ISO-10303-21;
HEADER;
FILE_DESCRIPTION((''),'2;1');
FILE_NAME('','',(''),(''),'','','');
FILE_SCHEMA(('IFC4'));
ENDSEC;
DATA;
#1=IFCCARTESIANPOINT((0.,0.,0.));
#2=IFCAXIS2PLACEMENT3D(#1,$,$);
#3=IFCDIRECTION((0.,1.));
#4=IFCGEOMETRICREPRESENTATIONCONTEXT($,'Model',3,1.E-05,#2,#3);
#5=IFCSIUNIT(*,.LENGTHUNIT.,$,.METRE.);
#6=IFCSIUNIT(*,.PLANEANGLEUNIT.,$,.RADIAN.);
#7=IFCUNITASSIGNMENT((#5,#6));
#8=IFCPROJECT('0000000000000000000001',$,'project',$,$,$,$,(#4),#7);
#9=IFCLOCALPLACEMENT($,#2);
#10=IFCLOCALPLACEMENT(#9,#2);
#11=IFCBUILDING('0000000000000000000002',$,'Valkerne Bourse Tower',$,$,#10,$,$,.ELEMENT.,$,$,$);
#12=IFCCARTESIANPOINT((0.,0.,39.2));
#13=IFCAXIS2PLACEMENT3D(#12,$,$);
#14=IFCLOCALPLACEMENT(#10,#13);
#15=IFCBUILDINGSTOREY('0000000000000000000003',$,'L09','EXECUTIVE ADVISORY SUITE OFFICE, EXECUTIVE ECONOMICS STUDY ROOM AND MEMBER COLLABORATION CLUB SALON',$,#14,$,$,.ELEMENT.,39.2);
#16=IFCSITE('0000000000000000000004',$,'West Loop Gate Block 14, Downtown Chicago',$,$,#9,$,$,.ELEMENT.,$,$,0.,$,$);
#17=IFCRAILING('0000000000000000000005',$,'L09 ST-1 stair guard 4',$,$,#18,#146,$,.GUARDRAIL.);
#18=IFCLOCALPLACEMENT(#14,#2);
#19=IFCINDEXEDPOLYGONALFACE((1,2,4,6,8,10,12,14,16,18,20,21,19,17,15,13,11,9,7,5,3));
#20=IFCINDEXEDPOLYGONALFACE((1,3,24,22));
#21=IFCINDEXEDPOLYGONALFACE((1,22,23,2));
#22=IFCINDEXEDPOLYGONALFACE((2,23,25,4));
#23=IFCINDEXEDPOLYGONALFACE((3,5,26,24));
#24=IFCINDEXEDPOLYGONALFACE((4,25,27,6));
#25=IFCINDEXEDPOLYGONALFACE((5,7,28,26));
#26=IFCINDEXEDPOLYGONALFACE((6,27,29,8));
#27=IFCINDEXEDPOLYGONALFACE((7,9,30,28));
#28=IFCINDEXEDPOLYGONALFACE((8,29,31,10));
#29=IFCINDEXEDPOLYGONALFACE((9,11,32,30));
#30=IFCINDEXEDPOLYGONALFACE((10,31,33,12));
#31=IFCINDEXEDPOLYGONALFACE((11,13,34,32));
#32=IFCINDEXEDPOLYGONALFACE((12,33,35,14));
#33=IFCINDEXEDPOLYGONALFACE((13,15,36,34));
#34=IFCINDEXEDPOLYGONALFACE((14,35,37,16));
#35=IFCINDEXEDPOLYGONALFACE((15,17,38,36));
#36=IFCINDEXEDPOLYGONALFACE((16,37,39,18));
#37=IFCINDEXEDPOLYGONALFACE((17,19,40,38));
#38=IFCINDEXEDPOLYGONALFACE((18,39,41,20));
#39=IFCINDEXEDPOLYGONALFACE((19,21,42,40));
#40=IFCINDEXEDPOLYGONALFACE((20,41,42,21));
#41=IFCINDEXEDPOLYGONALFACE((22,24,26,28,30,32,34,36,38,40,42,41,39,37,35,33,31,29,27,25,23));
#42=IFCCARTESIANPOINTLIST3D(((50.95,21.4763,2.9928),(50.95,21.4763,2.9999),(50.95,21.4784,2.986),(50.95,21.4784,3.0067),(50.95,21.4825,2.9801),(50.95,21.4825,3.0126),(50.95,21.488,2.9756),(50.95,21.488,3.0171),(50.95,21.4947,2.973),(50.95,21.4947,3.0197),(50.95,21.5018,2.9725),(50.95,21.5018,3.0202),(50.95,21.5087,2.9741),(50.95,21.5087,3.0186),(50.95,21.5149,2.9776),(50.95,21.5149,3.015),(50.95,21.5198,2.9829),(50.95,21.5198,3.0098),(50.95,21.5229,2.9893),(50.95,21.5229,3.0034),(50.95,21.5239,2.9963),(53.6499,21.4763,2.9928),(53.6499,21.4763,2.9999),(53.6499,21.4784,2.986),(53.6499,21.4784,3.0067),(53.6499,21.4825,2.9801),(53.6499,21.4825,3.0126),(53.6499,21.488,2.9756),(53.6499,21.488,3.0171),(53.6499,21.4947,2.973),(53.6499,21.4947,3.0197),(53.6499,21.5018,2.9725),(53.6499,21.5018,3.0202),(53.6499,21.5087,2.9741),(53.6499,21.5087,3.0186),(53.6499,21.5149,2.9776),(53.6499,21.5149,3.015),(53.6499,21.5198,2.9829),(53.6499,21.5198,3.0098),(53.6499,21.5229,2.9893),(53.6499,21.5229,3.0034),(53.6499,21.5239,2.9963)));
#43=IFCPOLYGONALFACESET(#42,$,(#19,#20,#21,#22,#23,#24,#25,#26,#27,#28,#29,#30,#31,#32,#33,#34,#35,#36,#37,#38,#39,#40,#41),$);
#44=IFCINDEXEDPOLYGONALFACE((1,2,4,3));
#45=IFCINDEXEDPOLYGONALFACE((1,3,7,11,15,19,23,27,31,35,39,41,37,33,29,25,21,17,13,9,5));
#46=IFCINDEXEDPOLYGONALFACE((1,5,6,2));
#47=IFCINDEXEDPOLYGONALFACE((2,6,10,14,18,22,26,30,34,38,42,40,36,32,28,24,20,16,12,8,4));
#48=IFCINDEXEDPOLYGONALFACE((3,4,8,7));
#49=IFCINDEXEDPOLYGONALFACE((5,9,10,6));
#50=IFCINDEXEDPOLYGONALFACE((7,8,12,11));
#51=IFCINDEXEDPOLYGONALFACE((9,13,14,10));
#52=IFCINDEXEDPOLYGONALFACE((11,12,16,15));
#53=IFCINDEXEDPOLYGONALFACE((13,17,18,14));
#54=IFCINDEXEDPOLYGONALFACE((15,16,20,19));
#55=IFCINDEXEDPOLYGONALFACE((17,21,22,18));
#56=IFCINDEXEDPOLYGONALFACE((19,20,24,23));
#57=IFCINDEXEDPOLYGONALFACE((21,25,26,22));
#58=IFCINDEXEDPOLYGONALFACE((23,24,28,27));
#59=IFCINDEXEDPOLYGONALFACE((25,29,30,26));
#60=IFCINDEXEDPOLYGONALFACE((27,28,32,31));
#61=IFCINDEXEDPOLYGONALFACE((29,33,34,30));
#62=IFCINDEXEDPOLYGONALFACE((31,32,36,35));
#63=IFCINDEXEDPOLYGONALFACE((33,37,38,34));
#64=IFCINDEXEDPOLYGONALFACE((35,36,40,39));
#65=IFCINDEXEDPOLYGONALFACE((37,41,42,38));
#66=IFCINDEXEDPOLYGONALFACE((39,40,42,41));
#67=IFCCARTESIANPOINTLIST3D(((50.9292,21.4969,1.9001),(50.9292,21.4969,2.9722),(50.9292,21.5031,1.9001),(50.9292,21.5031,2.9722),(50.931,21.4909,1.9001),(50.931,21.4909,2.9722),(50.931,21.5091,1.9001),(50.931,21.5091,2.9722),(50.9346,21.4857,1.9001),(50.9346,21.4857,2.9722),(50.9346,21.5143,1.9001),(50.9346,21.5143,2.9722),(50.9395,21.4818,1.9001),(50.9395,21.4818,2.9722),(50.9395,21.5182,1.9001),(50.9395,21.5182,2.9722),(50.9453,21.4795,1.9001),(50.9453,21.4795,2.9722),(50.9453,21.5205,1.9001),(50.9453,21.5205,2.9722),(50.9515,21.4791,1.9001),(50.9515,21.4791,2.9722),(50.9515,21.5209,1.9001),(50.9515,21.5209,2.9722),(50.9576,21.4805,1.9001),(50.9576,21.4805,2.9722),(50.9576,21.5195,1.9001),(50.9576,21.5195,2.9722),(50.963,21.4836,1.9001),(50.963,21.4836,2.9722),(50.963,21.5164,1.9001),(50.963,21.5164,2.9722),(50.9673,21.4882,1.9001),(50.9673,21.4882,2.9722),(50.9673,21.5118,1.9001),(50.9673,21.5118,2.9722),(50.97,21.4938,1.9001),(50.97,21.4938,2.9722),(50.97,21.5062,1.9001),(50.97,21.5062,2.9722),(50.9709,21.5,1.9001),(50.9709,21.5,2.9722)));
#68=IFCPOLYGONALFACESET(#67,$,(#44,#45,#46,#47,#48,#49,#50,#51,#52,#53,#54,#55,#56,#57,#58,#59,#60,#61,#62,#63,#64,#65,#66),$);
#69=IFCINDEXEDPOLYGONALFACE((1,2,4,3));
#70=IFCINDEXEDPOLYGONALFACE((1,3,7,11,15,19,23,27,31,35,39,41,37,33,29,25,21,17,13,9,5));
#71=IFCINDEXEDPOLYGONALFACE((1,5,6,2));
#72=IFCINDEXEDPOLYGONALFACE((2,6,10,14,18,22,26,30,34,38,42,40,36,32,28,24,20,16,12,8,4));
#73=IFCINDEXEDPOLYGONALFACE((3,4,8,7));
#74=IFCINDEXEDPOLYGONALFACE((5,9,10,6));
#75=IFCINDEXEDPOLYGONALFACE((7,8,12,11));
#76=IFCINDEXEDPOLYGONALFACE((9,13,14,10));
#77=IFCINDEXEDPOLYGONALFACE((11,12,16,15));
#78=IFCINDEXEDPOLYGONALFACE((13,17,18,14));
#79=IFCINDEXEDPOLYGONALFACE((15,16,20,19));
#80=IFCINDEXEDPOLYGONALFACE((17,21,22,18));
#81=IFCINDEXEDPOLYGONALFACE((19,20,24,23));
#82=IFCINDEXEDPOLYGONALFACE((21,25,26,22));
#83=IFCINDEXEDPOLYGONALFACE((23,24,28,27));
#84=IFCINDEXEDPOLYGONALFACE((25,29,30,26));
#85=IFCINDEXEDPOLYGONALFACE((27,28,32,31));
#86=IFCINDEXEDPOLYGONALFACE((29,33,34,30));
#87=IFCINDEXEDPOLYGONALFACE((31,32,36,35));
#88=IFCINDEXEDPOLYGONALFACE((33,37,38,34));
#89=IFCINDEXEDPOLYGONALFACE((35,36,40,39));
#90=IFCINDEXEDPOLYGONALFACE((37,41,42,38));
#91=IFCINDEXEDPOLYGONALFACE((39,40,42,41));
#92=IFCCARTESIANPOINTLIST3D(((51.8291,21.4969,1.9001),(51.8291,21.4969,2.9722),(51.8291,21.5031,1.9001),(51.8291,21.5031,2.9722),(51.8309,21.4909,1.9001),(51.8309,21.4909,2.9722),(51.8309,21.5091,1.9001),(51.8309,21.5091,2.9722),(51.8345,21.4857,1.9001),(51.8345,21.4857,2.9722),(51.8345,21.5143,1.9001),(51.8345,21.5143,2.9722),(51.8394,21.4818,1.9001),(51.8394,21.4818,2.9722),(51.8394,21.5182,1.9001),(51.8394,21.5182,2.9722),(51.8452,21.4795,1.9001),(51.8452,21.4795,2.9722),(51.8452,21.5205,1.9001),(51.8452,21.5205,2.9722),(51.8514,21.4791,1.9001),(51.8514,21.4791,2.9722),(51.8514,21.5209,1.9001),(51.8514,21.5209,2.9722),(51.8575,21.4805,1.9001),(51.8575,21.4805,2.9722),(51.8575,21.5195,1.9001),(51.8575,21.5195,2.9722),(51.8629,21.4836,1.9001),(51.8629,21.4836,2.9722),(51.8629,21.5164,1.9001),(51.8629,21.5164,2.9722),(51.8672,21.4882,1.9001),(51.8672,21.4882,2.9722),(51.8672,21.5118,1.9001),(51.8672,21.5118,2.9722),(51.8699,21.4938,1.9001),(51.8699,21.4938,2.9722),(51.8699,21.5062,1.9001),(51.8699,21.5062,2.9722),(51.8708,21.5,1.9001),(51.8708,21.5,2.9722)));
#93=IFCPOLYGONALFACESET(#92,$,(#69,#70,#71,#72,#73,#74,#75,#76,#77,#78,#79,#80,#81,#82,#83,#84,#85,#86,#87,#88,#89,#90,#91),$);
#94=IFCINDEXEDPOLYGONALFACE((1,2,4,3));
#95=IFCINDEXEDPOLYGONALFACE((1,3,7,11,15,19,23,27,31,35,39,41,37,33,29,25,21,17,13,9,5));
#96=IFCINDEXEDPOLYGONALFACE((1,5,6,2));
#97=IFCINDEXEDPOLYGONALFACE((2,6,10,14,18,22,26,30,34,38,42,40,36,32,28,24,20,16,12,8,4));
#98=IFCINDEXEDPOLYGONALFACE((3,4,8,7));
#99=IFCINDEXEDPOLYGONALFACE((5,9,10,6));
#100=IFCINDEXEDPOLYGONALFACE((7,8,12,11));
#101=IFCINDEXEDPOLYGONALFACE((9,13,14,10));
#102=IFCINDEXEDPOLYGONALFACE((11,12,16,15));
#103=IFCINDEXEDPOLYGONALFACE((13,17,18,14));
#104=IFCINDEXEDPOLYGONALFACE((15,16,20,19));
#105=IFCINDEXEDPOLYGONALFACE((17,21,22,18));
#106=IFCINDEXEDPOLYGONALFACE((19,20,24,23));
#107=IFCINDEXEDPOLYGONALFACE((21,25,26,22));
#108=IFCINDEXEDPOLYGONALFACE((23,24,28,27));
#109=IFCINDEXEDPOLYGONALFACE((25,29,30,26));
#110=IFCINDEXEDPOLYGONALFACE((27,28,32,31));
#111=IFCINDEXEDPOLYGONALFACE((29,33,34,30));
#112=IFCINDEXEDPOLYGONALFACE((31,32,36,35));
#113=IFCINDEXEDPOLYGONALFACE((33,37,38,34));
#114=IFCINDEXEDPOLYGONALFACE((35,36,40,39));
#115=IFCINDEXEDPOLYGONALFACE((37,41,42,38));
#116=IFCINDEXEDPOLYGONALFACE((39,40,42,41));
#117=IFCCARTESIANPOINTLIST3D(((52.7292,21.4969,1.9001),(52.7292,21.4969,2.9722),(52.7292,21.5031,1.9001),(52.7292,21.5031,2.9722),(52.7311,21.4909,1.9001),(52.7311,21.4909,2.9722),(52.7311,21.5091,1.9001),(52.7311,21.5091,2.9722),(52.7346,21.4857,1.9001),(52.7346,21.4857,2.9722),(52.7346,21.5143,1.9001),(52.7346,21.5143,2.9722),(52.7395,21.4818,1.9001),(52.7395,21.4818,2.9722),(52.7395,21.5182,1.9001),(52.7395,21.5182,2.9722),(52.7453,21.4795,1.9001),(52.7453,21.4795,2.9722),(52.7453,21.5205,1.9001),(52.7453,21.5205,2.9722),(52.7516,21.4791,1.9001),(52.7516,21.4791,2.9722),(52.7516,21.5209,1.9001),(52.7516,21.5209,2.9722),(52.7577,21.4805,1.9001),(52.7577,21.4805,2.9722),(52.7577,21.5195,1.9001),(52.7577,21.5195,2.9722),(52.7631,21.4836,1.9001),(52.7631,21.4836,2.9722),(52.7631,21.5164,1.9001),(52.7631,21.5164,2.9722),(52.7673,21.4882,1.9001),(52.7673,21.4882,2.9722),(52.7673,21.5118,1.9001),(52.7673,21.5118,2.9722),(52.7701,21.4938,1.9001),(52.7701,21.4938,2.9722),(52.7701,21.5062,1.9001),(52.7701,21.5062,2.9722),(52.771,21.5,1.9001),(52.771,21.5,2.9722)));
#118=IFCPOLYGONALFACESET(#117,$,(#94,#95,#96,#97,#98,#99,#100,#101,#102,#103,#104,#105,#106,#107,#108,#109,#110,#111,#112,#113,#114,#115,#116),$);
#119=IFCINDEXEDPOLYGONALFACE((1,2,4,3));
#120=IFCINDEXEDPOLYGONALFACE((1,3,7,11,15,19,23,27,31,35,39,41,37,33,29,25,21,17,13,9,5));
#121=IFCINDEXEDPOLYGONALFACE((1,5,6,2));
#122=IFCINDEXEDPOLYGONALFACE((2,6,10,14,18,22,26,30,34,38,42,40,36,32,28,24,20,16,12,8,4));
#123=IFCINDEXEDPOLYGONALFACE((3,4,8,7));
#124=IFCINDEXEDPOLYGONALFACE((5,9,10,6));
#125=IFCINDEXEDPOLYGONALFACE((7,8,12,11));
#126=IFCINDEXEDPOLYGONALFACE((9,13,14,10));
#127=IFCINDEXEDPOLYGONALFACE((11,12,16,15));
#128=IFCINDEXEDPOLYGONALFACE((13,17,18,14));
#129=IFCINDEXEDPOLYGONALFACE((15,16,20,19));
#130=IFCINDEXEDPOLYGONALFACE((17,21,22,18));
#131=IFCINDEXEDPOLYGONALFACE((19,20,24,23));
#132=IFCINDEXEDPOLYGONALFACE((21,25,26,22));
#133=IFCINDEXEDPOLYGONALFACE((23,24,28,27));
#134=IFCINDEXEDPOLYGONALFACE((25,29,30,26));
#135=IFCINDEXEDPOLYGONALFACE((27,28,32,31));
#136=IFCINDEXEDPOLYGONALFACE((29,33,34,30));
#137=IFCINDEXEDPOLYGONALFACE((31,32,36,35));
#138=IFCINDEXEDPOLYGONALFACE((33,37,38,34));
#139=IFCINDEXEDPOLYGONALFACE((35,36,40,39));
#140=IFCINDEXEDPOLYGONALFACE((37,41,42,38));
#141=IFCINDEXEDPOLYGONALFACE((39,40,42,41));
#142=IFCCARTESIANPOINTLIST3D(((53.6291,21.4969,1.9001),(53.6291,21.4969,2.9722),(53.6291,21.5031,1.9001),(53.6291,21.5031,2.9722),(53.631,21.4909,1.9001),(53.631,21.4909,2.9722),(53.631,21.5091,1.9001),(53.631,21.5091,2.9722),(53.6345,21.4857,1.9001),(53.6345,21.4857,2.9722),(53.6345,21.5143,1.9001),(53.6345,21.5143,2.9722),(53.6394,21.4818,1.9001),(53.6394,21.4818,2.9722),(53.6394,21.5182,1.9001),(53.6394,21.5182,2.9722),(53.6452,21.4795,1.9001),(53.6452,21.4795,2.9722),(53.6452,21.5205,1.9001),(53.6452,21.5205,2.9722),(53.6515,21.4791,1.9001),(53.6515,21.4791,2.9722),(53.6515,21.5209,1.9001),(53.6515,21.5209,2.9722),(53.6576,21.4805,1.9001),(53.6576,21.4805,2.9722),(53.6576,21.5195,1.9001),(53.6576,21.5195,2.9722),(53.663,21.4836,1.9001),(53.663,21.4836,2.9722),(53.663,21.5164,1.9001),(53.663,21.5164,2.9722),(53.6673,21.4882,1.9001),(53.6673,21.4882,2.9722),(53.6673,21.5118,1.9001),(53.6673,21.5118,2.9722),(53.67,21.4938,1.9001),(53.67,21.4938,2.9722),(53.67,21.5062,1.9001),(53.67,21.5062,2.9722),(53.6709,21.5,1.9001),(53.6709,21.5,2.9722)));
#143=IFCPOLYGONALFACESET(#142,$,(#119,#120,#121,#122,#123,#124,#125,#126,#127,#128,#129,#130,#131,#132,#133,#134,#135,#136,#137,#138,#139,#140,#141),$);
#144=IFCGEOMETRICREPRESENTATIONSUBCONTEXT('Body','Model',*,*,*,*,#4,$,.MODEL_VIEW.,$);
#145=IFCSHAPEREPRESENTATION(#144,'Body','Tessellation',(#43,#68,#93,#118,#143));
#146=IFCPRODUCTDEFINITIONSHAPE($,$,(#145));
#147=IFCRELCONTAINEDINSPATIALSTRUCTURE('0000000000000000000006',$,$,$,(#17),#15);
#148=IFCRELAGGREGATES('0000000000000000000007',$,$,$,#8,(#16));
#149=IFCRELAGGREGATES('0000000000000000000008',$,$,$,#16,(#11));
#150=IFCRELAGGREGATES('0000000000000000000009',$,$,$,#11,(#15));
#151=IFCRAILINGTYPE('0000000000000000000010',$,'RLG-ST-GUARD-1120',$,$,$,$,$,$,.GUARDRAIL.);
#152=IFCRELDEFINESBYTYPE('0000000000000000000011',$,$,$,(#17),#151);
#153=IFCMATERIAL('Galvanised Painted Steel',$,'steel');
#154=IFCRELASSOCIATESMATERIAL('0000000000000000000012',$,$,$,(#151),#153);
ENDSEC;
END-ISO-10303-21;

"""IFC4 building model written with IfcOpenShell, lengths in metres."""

from ifc_helpers import new_model, si_unit, direction, frame, origin, origin_2d, place, context, subcontext, project, spatial, circle, extrude, material, type_object, element, save


model = new_model("IFC4")

# Units and contexts
model_context = context("Model", 3, precision=1e-05, world=origin(), true_north=direction((0.0, 1.0)))
body_context = subcontext(model_context, "Body", "Model", "MODEL_VIEW")
ifc_project = project(units=[si_unit("LENGTHUNIT", "METRE"), si_unit("PLANEANGLEUNIT", "RADIAN")], contexts=[model_context])

# Site, building, storey
site_placement = place(None, origin())
site = spatial("IfcSite", under=ifc_project, at=site_placement, Name="West Loop Gate Block 14, Downtown Chicago", CompositionType="ELEMENT", RefElevation=0.0)
building_placement = place(site_placement, origin())
building = spatial("IfcBuilding", under=site, at=building_placement, Name="Valkerne Bourse Tower", CompositionType="ELEMENT")
storey_placement = place(building_placement, frame((0.0, 0.0, 39.2)))
storey = spatial("IfcBuildingStorey", under=building, at=storey_placement, Name="L09", Description="EXECUTIVE ADVISORY SUITE OFFICE, EXECUTIVE ECONOMICS STUDY ROOM AND MEMBER COLLABORATION CLUB SALON", CompositionType="ELEMENT", Elevation=39.2)

# Shared definitions
ifc_material_1 = material(Name="Galvanised Painted Steel", Category="steel")

# Railing
railing_type_1 = type_object("IfcRailingType", Name="RLG-ST-GUARD-1120", PredefinedType="GUARDRAIL", material=ifc_material_1)
for number, where, name in (
    (1, (50.95, 21.5, 1.9001), "L09 ST-1 stair guard 4"),
):
    element("IfcRailing", number, at=place(storey_placement, frame(where)), inside=storey, type_object=railing_type_1, Name=name, PredefinedType="GUARDRAIL", context=body_context, shape_type="SweptSolid", body=[
        extrude(circle(Radius=0.0239, at=origin_2d()), frame((0.0, 0.0, 1.0962), z_axis=(1.0, 0.0, 0.0), x_axis=(0.0, 1.0, 0.0)), (0.0, 0.0, 1.0), 2.7),
        extrude(circle(Radius=0.021, at=origin_2d()), origin(), (0.0, 0.0, 1.0), 1.072),
        extrude(circle(Radius=0.021, at=origin_2d()), frame((0.8999, 0.0, 0.0)), (0.0, 0.0, 1.0), 1.072),
        extrude(circle(Radius=0.021, at=origin_2d()), frame((1.8, 0.0, 0.0)), (0.0, 0.0, 1.0), 1.072),
        extrude(circle(Radius=0.021, at=origin_2d()), frame((2.7, 0.0, 0.0)), (0.0, 0.0, 1.0), 1.072),
    ])

save(model, "model.ifc")
